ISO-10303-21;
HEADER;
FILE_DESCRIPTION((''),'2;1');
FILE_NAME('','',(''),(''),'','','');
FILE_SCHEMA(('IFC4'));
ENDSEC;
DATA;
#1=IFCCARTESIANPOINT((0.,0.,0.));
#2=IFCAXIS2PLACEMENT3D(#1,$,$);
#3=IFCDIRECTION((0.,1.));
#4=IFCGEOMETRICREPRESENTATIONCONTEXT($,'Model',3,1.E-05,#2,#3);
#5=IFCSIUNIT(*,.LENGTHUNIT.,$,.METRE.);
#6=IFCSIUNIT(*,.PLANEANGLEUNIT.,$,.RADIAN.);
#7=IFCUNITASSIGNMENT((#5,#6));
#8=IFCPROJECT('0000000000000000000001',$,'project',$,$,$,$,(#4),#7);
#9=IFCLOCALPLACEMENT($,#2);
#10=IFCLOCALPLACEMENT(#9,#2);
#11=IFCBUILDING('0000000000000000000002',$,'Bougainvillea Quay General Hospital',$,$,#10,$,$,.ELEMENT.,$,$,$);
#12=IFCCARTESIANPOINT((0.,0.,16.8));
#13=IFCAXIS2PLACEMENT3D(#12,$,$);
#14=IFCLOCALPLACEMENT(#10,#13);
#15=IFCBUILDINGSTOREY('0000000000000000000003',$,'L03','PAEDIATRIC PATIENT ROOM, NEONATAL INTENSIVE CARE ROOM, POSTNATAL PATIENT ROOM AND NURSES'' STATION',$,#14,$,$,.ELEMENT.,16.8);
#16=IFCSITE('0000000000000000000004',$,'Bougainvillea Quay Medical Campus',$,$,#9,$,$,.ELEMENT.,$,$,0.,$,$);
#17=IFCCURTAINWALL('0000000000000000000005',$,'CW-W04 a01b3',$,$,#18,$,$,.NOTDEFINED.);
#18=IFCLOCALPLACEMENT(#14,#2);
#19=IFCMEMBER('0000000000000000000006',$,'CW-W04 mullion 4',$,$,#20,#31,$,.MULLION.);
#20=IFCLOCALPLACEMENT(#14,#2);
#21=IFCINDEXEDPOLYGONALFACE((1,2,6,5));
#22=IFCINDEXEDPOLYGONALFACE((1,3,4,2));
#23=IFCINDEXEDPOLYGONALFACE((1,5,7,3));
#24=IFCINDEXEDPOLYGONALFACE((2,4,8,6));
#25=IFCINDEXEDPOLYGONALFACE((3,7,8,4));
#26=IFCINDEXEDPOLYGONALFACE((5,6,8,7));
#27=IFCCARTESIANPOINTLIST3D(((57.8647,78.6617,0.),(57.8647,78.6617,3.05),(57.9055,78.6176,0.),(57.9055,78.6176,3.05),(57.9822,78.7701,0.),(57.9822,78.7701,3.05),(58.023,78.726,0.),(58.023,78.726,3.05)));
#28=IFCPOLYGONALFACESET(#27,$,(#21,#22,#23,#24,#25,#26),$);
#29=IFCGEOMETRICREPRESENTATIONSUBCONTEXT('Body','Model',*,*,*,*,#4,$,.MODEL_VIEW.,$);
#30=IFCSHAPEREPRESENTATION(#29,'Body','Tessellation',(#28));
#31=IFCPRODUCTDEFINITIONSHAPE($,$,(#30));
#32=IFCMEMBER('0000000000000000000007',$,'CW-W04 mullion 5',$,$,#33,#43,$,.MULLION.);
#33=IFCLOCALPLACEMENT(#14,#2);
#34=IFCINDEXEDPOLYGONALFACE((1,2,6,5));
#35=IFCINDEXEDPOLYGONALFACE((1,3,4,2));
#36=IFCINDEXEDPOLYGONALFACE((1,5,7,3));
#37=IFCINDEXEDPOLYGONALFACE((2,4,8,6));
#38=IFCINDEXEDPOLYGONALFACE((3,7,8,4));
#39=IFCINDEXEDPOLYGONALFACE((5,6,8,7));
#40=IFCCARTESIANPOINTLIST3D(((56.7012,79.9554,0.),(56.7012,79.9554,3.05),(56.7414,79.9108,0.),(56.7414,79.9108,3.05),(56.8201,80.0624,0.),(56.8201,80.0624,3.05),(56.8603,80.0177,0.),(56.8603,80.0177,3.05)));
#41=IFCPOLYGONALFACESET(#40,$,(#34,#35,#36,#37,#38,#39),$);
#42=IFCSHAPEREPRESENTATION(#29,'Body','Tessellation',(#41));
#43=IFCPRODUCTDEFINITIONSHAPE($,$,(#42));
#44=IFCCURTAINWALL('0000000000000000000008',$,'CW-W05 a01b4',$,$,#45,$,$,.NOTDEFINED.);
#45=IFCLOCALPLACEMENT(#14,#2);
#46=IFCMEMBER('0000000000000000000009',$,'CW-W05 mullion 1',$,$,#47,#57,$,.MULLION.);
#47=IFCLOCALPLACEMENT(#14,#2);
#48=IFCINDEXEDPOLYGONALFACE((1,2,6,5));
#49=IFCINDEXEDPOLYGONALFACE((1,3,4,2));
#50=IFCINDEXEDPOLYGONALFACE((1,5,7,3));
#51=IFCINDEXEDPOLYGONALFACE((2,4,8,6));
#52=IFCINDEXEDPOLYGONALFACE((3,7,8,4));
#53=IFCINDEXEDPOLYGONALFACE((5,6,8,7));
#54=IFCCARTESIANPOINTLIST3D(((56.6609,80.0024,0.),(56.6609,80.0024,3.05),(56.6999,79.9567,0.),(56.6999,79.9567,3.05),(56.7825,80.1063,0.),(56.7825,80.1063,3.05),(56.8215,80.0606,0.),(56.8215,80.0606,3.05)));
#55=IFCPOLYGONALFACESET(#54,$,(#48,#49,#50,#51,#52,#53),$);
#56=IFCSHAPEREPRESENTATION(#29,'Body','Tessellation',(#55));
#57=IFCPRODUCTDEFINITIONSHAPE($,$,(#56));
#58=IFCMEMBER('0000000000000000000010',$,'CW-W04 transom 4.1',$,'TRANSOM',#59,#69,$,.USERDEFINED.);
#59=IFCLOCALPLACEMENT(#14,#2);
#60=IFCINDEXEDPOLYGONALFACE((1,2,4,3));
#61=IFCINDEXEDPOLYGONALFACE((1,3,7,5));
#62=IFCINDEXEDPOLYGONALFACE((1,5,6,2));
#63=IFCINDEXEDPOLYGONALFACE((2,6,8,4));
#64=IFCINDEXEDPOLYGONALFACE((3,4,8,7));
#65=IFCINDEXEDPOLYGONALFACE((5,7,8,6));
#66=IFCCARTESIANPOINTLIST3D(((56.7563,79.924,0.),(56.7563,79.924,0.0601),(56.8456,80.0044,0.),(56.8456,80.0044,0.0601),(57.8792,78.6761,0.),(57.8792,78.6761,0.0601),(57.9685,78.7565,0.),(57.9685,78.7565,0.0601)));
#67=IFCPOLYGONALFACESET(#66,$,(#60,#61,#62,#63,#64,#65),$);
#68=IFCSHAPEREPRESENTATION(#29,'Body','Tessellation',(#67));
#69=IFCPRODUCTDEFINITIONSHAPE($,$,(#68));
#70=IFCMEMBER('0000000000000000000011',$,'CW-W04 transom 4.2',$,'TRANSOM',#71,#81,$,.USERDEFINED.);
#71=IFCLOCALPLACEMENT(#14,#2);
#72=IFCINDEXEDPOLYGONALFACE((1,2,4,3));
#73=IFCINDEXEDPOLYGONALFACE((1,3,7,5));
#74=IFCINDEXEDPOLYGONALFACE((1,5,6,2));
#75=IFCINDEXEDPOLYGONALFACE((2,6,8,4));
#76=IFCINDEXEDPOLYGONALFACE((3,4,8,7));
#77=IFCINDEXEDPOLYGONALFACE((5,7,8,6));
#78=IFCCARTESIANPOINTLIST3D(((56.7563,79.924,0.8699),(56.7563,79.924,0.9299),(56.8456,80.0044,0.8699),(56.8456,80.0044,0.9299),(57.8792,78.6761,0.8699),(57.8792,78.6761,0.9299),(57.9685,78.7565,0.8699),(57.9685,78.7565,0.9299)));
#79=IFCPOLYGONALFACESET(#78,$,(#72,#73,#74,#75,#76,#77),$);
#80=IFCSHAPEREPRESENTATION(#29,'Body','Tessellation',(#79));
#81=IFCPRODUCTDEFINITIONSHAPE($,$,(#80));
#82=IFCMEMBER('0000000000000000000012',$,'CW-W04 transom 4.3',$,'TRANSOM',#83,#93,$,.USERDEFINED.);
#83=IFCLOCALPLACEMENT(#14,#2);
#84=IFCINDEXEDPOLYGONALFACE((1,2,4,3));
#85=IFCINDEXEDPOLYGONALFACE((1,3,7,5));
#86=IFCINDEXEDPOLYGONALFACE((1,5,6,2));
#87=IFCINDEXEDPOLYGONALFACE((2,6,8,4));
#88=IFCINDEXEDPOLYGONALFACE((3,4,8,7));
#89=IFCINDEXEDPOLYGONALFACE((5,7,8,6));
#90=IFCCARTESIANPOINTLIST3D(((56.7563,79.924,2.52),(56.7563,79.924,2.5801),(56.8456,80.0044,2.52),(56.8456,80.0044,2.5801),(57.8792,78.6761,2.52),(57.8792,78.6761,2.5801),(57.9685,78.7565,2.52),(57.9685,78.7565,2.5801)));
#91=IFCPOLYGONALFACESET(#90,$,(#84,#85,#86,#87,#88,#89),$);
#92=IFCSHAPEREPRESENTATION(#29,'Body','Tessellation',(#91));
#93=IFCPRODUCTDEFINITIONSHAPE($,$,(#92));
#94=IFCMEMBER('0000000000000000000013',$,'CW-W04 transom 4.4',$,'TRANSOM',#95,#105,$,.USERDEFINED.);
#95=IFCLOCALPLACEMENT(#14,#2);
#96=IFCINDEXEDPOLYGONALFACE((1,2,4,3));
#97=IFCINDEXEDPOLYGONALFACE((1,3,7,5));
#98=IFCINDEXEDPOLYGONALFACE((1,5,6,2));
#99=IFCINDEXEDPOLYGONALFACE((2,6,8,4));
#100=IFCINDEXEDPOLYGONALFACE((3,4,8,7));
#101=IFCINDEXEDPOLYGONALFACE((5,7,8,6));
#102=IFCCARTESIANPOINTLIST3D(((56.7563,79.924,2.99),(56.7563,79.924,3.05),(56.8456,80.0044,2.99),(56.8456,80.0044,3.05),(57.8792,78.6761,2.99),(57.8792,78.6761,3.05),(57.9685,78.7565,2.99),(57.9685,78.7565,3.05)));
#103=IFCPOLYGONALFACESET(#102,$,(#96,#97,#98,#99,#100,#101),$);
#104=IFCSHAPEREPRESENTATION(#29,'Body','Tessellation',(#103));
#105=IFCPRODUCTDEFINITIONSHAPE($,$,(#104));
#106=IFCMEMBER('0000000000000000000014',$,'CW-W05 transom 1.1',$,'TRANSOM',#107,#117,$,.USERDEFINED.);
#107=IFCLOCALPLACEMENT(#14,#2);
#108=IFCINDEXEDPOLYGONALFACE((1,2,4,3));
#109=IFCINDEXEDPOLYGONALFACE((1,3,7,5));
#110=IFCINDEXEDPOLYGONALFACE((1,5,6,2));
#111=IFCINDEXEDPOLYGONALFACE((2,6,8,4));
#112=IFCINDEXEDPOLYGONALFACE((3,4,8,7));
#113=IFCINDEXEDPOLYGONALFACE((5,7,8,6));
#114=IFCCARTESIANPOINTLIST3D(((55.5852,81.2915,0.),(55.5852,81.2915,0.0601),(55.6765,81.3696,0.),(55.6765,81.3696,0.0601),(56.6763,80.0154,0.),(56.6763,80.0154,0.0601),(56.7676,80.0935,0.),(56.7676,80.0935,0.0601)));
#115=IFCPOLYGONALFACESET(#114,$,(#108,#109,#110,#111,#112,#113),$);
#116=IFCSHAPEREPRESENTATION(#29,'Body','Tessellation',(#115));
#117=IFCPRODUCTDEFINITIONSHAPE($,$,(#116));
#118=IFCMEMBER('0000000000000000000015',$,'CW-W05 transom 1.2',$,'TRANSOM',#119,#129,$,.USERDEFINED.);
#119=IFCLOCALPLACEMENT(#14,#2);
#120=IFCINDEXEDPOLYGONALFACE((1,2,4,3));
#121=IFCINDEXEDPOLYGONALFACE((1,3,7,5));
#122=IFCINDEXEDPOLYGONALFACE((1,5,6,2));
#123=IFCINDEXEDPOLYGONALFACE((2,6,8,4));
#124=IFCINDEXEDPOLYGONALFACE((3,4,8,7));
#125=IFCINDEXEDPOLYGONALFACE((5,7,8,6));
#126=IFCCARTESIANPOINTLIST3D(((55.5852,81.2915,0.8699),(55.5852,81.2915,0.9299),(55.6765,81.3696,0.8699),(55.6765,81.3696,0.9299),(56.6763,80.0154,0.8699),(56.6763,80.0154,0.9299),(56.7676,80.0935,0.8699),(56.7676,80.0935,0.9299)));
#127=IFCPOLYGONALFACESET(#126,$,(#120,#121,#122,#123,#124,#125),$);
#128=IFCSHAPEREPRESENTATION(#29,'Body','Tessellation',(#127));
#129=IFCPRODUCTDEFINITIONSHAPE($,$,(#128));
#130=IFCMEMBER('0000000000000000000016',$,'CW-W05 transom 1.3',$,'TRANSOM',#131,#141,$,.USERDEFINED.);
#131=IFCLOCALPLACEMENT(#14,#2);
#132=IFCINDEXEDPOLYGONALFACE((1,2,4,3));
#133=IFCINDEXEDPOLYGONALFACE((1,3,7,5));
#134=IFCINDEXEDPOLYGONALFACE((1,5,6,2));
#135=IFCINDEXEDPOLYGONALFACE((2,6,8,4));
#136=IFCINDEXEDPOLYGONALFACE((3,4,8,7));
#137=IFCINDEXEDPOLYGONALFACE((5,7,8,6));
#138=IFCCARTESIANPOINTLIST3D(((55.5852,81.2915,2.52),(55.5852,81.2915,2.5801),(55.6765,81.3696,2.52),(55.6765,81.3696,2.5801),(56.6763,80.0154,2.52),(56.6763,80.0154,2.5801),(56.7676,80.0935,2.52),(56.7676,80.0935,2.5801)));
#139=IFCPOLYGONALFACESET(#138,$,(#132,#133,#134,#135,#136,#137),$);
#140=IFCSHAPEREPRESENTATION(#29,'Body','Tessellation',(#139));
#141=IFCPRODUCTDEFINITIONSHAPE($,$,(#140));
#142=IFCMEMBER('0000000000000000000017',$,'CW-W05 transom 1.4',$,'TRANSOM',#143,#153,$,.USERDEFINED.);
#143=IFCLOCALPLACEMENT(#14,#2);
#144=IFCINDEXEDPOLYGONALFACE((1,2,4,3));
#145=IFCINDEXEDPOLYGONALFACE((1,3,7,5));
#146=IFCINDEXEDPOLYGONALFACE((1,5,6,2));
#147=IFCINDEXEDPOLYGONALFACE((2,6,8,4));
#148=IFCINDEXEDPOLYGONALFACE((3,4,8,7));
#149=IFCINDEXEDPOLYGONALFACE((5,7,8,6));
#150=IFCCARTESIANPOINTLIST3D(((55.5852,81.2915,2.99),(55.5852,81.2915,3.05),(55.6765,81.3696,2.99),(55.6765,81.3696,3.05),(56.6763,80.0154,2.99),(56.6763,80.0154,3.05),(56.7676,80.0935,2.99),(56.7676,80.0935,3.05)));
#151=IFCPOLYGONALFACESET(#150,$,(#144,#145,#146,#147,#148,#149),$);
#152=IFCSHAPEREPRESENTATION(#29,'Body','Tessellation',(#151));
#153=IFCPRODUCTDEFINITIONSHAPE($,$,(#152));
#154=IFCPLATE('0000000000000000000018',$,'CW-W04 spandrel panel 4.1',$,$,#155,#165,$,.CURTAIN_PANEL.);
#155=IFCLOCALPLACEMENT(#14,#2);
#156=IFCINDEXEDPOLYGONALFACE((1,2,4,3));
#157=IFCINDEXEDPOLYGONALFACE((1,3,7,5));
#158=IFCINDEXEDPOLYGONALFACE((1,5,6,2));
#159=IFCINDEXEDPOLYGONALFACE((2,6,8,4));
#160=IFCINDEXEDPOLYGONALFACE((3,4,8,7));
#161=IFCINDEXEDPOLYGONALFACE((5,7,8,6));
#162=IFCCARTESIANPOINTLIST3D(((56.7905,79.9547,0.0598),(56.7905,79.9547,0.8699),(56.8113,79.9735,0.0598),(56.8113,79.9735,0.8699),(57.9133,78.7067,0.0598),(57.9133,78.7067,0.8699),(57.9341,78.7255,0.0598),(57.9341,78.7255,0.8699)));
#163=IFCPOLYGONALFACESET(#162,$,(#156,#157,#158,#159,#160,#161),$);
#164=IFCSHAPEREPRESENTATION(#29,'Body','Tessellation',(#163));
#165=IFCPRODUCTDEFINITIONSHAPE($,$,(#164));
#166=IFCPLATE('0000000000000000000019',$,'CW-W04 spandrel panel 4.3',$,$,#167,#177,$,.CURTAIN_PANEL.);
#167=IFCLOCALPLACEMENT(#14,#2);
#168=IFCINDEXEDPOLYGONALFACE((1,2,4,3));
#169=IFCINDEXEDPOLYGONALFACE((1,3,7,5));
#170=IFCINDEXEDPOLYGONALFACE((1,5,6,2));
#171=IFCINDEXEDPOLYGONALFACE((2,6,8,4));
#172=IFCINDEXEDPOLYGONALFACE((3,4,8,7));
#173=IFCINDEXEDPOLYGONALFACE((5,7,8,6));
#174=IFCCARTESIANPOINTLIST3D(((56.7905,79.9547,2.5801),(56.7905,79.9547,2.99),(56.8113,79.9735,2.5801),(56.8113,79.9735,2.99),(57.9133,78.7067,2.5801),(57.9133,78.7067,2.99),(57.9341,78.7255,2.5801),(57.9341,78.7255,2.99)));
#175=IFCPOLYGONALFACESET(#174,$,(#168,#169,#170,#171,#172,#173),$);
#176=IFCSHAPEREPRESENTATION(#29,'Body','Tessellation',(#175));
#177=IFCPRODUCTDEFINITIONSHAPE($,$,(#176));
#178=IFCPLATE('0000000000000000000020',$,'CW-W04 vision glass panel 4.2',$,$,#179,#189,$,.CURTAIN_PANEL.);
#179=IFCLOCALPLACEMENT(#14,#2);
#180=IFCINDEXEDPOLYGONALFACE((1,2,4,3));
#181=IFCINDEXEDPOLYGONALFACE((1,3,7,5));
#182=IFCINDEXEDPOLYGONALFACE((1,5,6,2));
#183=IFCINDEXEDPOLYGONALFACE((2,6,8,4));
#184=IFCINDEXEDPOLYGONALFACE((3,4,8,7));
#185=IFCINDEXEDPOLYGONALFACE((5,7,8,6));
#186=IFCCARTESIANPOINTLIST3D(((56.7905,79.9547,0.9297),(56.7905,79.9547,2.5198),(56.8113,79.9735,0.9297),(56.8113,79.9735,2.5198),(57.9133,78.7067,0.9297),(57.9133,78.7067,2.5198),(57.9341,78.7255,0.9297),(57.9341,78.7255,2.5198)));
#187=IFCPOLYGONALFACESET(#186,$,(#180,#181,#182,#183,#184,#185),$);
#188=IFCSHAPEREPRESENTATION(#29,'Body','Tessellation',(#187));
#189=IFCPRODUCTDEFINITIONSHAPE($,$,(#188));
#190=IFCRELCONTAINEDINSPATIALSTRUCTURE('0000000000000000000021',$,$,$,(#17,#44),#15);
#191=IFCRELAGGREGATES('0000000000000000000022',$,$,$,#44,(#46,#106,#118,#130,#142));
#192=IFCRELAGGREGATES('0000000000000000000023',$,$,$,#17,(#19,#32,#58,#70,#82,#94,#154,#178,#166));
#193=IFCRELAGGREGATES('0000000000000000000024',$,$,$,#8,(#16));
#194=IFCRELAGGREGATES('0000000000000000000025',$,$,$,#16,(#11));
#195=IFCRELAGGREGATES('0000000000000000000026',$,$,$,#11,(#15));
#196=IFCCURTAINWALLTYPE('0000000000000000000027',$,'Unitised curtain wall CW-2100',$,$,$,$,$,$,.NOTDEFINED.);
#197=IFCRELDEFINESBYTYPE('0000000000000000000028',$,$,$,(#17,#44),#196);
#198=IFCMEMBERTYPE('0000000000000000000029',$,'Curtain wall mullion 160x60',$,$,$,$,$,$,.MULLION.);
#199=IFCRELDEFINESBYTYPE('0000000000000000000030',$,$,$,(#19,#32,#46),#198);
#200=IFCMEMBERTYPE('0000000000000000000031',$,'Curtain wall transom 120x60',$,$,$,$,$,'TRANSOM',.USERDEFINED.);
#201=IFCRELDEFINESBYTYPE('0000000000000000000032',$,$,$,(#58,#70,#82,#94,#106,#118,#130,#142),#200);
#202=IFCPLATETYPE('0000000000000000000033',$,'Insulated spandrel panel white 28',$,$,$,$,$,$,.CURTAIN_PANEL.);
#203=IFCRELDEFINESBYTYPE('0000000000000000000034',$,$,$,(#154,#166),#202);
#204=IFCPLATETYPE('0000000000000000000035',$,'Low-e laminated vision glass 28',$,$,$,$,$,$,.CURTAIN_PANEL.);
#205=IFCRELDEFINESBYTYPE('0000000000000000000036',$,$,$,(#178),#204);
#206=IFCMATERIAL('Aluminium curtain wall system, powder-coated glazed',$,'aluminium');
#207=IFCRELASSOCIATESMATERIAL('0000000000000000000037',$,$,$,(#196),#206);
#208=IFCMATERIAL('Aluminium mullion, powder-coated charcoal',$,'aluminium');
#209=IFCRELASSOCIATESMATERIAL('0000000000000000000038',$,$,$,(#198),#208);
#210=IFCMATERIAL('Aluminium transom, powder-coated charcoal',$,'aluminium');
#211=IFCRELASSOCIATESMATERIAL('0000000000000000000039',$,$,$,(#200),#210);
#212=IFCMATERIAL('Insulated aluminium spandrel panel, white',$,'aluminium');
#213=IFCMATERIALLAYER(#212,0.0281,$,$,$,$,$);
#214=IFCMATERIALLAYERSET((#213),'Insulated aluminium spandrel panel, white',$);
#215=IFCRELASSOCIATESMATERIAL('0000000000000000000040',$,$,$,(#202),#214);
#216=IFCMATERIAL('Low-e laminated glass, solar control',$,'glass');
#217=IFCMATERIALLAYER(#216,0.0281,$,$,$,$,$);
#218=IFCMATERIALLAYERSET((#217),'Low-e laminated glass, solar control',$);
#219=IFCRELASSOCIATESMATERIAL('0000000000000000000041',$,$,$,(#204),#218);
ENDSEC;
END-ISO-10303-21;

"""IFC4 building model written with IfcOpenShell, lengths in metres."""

from ifc_helpers import new_model, si_unit, direction, frame, origin, origin_2d, place, context, subcontext, project, spatial, rectangle, extrude, material, layer, layer_set, material_profile, profile_set, type_object, element, aggregate, save


model = new_model("IFC4")

# Units and contexts
model_context = context("Model", 3, precision=1e-05, world=origin(), true_north=direction((0.0, 1.0)))
body_context = subcontext(model_context, "Body", "Model", "MODEL_VIEW")
ifc_project = project(units=[si_unit("LENGTHUNIT", "METRE"), si_unit("PLANEANGLEUNIT", "RADIAN")], contexts=[model_context])

# Site, building, storey
site_placement = place(None, origin())
site = spatial("IfcSite", under=ifc_project, at=site_placement, Name="Bougainvillea Quay Medical Campus", CompositionType="ELEMENT", RefElevation=0.0)
building_placement = place(site_placement, origin())
building = spatial("IfcBuilding", under=site, at=building_placement, Name="Bougainvillea Quay General Hospital", CompositionType="ELEMENT")
storey_placement = place(building_placement, frame((0.0, 0.0, 16.8)))
storey = spatial("IfcBuildingStorey", under=building, at=storey_placement, Name="L03", Description="PAEDIATRIC PATIENT ROOM, NEONATAL INTENSIVE CARE ROOM, POSTNATAL PATIENT ROOM AND NURSES' STATION", CompositionType="ELEMENT", Elevation=16.8)

# Curtain wall, members
ifc_material_1 = material(Name="Aluminium curtain wall system, powder-coated glazed", Category="aluminium")
curtain_wall_type = type_object("IfcCurtainWallType", Name="Unitised curtain wall CW-2100", PredefinedType="NOTDEFINED", material=ifc_material_1)
curtain_wall_1_placement = place(storey_placement, origin())
curtain_wall_1 = element("IfcCurtainWall", 1, at=curtain_wall_1_placement, inside=storey, type_object=curtain_wall_type, Name="CW-W04 a01b3", PredefinedType="NOTDEFINED")
ifc_material_2 = material(Name="Aluminium mullion, powder-coated charcoal", Category="aluminium")
ifc_material_profile_1 = material_profile(ifc_material_2, rectangle(XDim=0.1599, YDim=0.0601, at=origin_2d()))
ifc_profile_set_1 = profile_set([ifc_material_profile_1], Name="Aluminium mullion, powder-coated charcoal")
member_type_1 = type_object("IfcMemberType", Name="Curtain wall mullion 160x60", PredefinedType="MULLION", material=ifc_profile_set_1)
member_1_placement = place(storey_placement, frame((57.9438, 78.6938, 0.0), z_axis=(0.0, 0.0, 1.0), x_axis=(-0.734855, -0.678224, 0.0)))
member_1 = element("IfcMember", 2, at=member_1_placement, type_object=member_type_1, Name="CW-W04 mullion 4", PredefinedType="MULLION", context=body_context, shape_type="SweptSolid", body=[
    extrude(rectangle(XDim=0.1599, YDim=0.0601, at=origin_2d()), origin(), (0.0, 0.0, 1.0), 3.05),
])
member_2_placement = place(storey_placement, frame((56.7808, 79.9866, 0.0), z_axis=(0.0, 0.0, 1.0), x_axis=(-0.743396, -0.668852, 0.0)))
member_2 = element("IfcMember", 3, at=member_2_placement, type_object=member_type_1, Name="CW-W04 mullion 5", PredefinedType="MULLION", context=body_context, shape_type="SweptSolid", body=[
    extrude(rectangle(XDim=0.1599, YDim=0.0601, at=origin_2d()), origin(), (0.0, 0.0, 1.0), 3.05),
])

# Curtain wall, member
curtain_wall_2_placement = place(storey_placement, origin())
curtain_wall_2 = element("IfcCurtainWall", 4, at=curtain_wall_2_placement, inside=storey, type_object=curtain_wall_type, Name="CW-W05 a01b4", PredefinedType="NOTDEFINED")
member_3_placement = place(storey_placement, frame((56.7412, 80.0315, 0.0), z_axis=(0.0, 0.0, 1.0), x_axis=(-0.760117, -0.649786, 0.0)))
member_3 = element("IfcMember", 5, at=member_3_placement, type_object=member_type_1, Name="CW-W05 mullion 1", PredefinedType="MULLION", context=body_context, shape_type="SweptSolid", body=[
    extrude(rectangle(XDim=0.1599, YDim=0.0601, at=origin_2d()), origin(), (0.0, 0.0, 1.0), 3.05),
])

# Members
ifc_material_3 = material(Name="Aluminium transom, powder-coated charcoal", Category="aluminium")
ifc_material_profile_2 = material_profile(ifc_material_3, rectangle(XDim=0.1201, YDim=0.0601, at=origin_2d()))
ifc_profile_set_2 = profile_set([ifc_material_profile_2], Name="Aluminium transom, powder-coated charcoal")
member_type_2 = type_object("IfcMemberType", Name="Curtain wall transom 120x60", ElementType="TRANSOM", PredefinedType="USERDEFINED", material=ifc_profile_set_2)
member_4_placement = place(storey_placement, frame((57.9238, 78.7163, 0.03), z_axis=(-0.668892, 0.743359, 0.0), x_axis=(-0.743359, -0.668892, 0.0)))
member_4 = element("IfcMember", 6, at=member_4_placement, type_object=member_type_2, Name="CW-W04 transom 4.1", ObjectType="TRANSOM", PredefinedType="USERDEFINED", context=body_context, shape_type="SweptSolid", body=[
    extrude(rectangle(XDim=0.1201, YDim=0.0601, at=origin_2d()), origin(), (0.0, 0.0, 1.0), 1.6787),
])
member_5_placement = place(storey_placement, frame((57.9238, 78.7163, 0.8999), z_axis=(-0.668892, 0.743359, 0.0), x_axis=(-0.743359, -0.668892, 0.0)))
member_5 = element("IfcMember", 7, at=member_5_placement, type_object=member_type_2, Name="CW-W04 transom 4.2", ObjectType="TRANSOM", PredefinedType="USERDEFINED", context=body_context, shape_type="SweptSolid", body=[
    extrude(rectangle(XDim=0.1201, YDim=0.0601, at=origin_2d()), origin(), (0.0, 0.0, 1.0), 1.6787),
])
member_6_placement = place(storey_placement, frame((57.9238, 78.7163, 2.55), z_axis=(-0.668892, 0.743359, 0.0), x_axis=(-0.743359, -0.668892, 0.0)))
member_6 = element("IfcMember", 8, at=member_6_placement, type_object=member_type_2, Name="CW-W04 transom 4.3", ObjectType="TRANSOM", PredefinedType="USERDEFINED", context=body_context, shape_type="SweptSolid", body=[
    extrude(rectangle(XDim=0.1201, YDim=0.0601, at=origin_2d()), origin(), (0.0, 0.0, 1.0), 1.6787),
])
member_7_placement = place(storey_placement, frame((57.9238, 78.7163, 3.02), z_axis=(-0.668892, 0.743359, 0.0), x_axis=(-0.743359, -0.668892, 0.0)))
member_7 = element("IfcMember", 9, at=member_7_placement, type_object=member_type_2, Name="CW-W04 transom 4.4", ObjectType="TRANSOM", PredefinedType="USERDEFINED", context=body_context, shape_type="SweptSolid", body=[
    extrude(rectangle(XDim=0.1201, YDim=0.0601, at=origin_2d()), origin(), (0.0, 0.0, 1.0), 1.6787),
])
member_8_placement = place(storey_placement, frame((56.7219, 80.0544, 0.03), z_axis=(-0.649845, 0.760067, 0.0), x_axis=(-0.760067, -0.649845, 0.0)))
member_8 = element("IfcMember", 10, at=member_8_placement, type_object=member_type_2, Name="CW-W05 transom 1.1", ObjectType="TRANSOM", PredefinedType="USERDEFINED", context=body_context, shape_type="SweptSolid", body=[
    extrude(rectangle(XDim=0.1201, YDim=0.0601, at=origin_2d()), origin(), (0.0, 0.0, 1.0), 1.679),
])
member_9_placement = place(storey_placement, frame((56.7219, 80.0544, 0.8999), z_axis=(-0.649845, 0.760067, 0.0), x_axis=(-0.760067, -0.649845, 0.0)))
member_9 = element("IfcMember", 11, at=member_9_placement, type_object=member_type_2, Name="CW-W05 transom 1.2", ObjectType="TRANSOM", PredefinedType="USERDEFINED", context=body_context, shape_type="SweptSolid", body=[
    extrude(rectangle(XDim=0.1201, YDim=0.0601, at=origin_2d()), origin(), (0.0, 0.0, 1.0), 1.679),
])
member_10_placement = place(storey_placement, frame((56.7219, 80.0544, 2.55), z_axis=(-0.649845, 0.760067, 0.0), x_axis=(-0.760067, -0.649845, 0.0)))
member_10 = element("IfcMember", 12, at=member_10_placement, type_object=member_type_2, Name="CW-W05 transom 1.3", ObjectType="TRANSOM", PredefinedType="USERDEFINED", context=body_context, shape_type="SweptSolid", body=[
    extrude(rectangle(XDim=0.1201, YDim=0.0601, at=origin_2d()), origin(), (0.0, 0.0, 1.0), 1.679),
])
member_11_placement = place(storey_placement, frame((56.7219, 80.0544, 3.02), z_axis=(-0.649845, 0.760067, 0.0), x_axis=(-0.760067, -0.649845, 0.0)))
member_11 = element("IfcMember", 13, at=member_11_placement, type_object=member_type_2, Name="CW-W05 transom 1.4", ObjectType="TRANSOM", PredefinedType="USERDEFINED", context=body_context, shape_type="SweptSolid", body=[
    extrude(rectangle(XDim=0.1201, YDim=0.0601, at=origin_2d()), origin(), (0.0, 0.0, 1.0), 1.679),
])
aggregate(curtain_wall_2, [member_3, member_8, member_9, member_10, member_11])

# Plates
ifc_material_4 = material(Name="Insulated aluminium spandrel panel, white", Category="aluminium")
ifc_layer_1 = layer(ifc_material_4, 0.0281)
ifc_layer_set_1 = layer_set([ifc_layer_1], Name="Insulated aluminium spandrel panel, white")
plate_type_1 = type_object("IfcPlateType", Name="Insulated spandrel panel white 28", PredefinedType="CURTAIN_PANEL", material=ifc_layer_set_1)
plate_1_placement = place(storey_placement, frame((57.3623, 79.3401, 0.0598), z_axis=(0.0, 0.0, 1.0), x_axis=(-0.668852, 0.743396, 0.0)))
plate_1 = element("IfcPlate", 14, at=plate_1_placement, type_object=plate_type_1, Name="CW-W04 spandrel panel 4.1", PredefinedType="CURTAIN_PANEL", context=body_context, shape_type="SweptSolid", body=[
    extrude(rectangle(XDim=1.6787, YDim=0.0281, at=origin_2d()), origin(), (0.0, 0.0, 1.0), 0.8101),
])
plate_2_placement = place(storey_placement, frame((57.3623, 79.3401, 2.5801), z_axis=(0.0, 0.0, 1.0), x_axis=(-0.668852, 0.743396, 0.0)))
plate_2 = element("IfcPlate", 15, at=plate_2_placement, type_object=plate_type_1, Name="CW-W04 spandrel panel 4.3", PredefinedType="CURTAIN_PANEL", context=body_context, shape_type="SweptSolid", body=[
    extrude(rectangle(XDim=1.6787, YDim=0.0281, at=origin_2d()), origin(), (0.0, 0.0, 1.0), 0.4099),
])
ifc_material_5 = material(Name="Low-e laminated glass, solar control", Category="glass")
ifc_layer_2 = layer(ifc_material_5, 0.0281)
ifc_layer_set_2 = layer_set([ifc_layer_2], Name="Low-e laminated glass, solar control")
plate_type_2 = type_object("IfcPlateType", Name="Low-e laminated vision glass 28", PredefinedType="CURTAIN_PANEL", material=ifc_layer_set_2)
plate_3_placement = place(storey_placement, frame((57.3623, 79.3401, 0.9297), z_axis=(0.0, 0.0, 1.0), x_axis=(-0.668852, 0.743396, 0.0)))
plate_3 = element("IfcPlate", 16, at=plate_3_placement, type_object=plate_type_2, Name="CW-W04 vision glass panel 4.2", PredefinedType="CURTAIN_PANEL", context=body_context, shape_type="SweptSolid", body=[
    extrude(rectangle(XDim=1.6787, YDim=0.0281, at=origin_2d()), origin(), (0.0, 0.0, 1.0), 1.5901),
])
aggregate(curtain_wall_1, [member_1, member_2, member_4, member_5, member_6, member_7, plate_1, plate_3, plate_2])

save(model, "model.ifc")
